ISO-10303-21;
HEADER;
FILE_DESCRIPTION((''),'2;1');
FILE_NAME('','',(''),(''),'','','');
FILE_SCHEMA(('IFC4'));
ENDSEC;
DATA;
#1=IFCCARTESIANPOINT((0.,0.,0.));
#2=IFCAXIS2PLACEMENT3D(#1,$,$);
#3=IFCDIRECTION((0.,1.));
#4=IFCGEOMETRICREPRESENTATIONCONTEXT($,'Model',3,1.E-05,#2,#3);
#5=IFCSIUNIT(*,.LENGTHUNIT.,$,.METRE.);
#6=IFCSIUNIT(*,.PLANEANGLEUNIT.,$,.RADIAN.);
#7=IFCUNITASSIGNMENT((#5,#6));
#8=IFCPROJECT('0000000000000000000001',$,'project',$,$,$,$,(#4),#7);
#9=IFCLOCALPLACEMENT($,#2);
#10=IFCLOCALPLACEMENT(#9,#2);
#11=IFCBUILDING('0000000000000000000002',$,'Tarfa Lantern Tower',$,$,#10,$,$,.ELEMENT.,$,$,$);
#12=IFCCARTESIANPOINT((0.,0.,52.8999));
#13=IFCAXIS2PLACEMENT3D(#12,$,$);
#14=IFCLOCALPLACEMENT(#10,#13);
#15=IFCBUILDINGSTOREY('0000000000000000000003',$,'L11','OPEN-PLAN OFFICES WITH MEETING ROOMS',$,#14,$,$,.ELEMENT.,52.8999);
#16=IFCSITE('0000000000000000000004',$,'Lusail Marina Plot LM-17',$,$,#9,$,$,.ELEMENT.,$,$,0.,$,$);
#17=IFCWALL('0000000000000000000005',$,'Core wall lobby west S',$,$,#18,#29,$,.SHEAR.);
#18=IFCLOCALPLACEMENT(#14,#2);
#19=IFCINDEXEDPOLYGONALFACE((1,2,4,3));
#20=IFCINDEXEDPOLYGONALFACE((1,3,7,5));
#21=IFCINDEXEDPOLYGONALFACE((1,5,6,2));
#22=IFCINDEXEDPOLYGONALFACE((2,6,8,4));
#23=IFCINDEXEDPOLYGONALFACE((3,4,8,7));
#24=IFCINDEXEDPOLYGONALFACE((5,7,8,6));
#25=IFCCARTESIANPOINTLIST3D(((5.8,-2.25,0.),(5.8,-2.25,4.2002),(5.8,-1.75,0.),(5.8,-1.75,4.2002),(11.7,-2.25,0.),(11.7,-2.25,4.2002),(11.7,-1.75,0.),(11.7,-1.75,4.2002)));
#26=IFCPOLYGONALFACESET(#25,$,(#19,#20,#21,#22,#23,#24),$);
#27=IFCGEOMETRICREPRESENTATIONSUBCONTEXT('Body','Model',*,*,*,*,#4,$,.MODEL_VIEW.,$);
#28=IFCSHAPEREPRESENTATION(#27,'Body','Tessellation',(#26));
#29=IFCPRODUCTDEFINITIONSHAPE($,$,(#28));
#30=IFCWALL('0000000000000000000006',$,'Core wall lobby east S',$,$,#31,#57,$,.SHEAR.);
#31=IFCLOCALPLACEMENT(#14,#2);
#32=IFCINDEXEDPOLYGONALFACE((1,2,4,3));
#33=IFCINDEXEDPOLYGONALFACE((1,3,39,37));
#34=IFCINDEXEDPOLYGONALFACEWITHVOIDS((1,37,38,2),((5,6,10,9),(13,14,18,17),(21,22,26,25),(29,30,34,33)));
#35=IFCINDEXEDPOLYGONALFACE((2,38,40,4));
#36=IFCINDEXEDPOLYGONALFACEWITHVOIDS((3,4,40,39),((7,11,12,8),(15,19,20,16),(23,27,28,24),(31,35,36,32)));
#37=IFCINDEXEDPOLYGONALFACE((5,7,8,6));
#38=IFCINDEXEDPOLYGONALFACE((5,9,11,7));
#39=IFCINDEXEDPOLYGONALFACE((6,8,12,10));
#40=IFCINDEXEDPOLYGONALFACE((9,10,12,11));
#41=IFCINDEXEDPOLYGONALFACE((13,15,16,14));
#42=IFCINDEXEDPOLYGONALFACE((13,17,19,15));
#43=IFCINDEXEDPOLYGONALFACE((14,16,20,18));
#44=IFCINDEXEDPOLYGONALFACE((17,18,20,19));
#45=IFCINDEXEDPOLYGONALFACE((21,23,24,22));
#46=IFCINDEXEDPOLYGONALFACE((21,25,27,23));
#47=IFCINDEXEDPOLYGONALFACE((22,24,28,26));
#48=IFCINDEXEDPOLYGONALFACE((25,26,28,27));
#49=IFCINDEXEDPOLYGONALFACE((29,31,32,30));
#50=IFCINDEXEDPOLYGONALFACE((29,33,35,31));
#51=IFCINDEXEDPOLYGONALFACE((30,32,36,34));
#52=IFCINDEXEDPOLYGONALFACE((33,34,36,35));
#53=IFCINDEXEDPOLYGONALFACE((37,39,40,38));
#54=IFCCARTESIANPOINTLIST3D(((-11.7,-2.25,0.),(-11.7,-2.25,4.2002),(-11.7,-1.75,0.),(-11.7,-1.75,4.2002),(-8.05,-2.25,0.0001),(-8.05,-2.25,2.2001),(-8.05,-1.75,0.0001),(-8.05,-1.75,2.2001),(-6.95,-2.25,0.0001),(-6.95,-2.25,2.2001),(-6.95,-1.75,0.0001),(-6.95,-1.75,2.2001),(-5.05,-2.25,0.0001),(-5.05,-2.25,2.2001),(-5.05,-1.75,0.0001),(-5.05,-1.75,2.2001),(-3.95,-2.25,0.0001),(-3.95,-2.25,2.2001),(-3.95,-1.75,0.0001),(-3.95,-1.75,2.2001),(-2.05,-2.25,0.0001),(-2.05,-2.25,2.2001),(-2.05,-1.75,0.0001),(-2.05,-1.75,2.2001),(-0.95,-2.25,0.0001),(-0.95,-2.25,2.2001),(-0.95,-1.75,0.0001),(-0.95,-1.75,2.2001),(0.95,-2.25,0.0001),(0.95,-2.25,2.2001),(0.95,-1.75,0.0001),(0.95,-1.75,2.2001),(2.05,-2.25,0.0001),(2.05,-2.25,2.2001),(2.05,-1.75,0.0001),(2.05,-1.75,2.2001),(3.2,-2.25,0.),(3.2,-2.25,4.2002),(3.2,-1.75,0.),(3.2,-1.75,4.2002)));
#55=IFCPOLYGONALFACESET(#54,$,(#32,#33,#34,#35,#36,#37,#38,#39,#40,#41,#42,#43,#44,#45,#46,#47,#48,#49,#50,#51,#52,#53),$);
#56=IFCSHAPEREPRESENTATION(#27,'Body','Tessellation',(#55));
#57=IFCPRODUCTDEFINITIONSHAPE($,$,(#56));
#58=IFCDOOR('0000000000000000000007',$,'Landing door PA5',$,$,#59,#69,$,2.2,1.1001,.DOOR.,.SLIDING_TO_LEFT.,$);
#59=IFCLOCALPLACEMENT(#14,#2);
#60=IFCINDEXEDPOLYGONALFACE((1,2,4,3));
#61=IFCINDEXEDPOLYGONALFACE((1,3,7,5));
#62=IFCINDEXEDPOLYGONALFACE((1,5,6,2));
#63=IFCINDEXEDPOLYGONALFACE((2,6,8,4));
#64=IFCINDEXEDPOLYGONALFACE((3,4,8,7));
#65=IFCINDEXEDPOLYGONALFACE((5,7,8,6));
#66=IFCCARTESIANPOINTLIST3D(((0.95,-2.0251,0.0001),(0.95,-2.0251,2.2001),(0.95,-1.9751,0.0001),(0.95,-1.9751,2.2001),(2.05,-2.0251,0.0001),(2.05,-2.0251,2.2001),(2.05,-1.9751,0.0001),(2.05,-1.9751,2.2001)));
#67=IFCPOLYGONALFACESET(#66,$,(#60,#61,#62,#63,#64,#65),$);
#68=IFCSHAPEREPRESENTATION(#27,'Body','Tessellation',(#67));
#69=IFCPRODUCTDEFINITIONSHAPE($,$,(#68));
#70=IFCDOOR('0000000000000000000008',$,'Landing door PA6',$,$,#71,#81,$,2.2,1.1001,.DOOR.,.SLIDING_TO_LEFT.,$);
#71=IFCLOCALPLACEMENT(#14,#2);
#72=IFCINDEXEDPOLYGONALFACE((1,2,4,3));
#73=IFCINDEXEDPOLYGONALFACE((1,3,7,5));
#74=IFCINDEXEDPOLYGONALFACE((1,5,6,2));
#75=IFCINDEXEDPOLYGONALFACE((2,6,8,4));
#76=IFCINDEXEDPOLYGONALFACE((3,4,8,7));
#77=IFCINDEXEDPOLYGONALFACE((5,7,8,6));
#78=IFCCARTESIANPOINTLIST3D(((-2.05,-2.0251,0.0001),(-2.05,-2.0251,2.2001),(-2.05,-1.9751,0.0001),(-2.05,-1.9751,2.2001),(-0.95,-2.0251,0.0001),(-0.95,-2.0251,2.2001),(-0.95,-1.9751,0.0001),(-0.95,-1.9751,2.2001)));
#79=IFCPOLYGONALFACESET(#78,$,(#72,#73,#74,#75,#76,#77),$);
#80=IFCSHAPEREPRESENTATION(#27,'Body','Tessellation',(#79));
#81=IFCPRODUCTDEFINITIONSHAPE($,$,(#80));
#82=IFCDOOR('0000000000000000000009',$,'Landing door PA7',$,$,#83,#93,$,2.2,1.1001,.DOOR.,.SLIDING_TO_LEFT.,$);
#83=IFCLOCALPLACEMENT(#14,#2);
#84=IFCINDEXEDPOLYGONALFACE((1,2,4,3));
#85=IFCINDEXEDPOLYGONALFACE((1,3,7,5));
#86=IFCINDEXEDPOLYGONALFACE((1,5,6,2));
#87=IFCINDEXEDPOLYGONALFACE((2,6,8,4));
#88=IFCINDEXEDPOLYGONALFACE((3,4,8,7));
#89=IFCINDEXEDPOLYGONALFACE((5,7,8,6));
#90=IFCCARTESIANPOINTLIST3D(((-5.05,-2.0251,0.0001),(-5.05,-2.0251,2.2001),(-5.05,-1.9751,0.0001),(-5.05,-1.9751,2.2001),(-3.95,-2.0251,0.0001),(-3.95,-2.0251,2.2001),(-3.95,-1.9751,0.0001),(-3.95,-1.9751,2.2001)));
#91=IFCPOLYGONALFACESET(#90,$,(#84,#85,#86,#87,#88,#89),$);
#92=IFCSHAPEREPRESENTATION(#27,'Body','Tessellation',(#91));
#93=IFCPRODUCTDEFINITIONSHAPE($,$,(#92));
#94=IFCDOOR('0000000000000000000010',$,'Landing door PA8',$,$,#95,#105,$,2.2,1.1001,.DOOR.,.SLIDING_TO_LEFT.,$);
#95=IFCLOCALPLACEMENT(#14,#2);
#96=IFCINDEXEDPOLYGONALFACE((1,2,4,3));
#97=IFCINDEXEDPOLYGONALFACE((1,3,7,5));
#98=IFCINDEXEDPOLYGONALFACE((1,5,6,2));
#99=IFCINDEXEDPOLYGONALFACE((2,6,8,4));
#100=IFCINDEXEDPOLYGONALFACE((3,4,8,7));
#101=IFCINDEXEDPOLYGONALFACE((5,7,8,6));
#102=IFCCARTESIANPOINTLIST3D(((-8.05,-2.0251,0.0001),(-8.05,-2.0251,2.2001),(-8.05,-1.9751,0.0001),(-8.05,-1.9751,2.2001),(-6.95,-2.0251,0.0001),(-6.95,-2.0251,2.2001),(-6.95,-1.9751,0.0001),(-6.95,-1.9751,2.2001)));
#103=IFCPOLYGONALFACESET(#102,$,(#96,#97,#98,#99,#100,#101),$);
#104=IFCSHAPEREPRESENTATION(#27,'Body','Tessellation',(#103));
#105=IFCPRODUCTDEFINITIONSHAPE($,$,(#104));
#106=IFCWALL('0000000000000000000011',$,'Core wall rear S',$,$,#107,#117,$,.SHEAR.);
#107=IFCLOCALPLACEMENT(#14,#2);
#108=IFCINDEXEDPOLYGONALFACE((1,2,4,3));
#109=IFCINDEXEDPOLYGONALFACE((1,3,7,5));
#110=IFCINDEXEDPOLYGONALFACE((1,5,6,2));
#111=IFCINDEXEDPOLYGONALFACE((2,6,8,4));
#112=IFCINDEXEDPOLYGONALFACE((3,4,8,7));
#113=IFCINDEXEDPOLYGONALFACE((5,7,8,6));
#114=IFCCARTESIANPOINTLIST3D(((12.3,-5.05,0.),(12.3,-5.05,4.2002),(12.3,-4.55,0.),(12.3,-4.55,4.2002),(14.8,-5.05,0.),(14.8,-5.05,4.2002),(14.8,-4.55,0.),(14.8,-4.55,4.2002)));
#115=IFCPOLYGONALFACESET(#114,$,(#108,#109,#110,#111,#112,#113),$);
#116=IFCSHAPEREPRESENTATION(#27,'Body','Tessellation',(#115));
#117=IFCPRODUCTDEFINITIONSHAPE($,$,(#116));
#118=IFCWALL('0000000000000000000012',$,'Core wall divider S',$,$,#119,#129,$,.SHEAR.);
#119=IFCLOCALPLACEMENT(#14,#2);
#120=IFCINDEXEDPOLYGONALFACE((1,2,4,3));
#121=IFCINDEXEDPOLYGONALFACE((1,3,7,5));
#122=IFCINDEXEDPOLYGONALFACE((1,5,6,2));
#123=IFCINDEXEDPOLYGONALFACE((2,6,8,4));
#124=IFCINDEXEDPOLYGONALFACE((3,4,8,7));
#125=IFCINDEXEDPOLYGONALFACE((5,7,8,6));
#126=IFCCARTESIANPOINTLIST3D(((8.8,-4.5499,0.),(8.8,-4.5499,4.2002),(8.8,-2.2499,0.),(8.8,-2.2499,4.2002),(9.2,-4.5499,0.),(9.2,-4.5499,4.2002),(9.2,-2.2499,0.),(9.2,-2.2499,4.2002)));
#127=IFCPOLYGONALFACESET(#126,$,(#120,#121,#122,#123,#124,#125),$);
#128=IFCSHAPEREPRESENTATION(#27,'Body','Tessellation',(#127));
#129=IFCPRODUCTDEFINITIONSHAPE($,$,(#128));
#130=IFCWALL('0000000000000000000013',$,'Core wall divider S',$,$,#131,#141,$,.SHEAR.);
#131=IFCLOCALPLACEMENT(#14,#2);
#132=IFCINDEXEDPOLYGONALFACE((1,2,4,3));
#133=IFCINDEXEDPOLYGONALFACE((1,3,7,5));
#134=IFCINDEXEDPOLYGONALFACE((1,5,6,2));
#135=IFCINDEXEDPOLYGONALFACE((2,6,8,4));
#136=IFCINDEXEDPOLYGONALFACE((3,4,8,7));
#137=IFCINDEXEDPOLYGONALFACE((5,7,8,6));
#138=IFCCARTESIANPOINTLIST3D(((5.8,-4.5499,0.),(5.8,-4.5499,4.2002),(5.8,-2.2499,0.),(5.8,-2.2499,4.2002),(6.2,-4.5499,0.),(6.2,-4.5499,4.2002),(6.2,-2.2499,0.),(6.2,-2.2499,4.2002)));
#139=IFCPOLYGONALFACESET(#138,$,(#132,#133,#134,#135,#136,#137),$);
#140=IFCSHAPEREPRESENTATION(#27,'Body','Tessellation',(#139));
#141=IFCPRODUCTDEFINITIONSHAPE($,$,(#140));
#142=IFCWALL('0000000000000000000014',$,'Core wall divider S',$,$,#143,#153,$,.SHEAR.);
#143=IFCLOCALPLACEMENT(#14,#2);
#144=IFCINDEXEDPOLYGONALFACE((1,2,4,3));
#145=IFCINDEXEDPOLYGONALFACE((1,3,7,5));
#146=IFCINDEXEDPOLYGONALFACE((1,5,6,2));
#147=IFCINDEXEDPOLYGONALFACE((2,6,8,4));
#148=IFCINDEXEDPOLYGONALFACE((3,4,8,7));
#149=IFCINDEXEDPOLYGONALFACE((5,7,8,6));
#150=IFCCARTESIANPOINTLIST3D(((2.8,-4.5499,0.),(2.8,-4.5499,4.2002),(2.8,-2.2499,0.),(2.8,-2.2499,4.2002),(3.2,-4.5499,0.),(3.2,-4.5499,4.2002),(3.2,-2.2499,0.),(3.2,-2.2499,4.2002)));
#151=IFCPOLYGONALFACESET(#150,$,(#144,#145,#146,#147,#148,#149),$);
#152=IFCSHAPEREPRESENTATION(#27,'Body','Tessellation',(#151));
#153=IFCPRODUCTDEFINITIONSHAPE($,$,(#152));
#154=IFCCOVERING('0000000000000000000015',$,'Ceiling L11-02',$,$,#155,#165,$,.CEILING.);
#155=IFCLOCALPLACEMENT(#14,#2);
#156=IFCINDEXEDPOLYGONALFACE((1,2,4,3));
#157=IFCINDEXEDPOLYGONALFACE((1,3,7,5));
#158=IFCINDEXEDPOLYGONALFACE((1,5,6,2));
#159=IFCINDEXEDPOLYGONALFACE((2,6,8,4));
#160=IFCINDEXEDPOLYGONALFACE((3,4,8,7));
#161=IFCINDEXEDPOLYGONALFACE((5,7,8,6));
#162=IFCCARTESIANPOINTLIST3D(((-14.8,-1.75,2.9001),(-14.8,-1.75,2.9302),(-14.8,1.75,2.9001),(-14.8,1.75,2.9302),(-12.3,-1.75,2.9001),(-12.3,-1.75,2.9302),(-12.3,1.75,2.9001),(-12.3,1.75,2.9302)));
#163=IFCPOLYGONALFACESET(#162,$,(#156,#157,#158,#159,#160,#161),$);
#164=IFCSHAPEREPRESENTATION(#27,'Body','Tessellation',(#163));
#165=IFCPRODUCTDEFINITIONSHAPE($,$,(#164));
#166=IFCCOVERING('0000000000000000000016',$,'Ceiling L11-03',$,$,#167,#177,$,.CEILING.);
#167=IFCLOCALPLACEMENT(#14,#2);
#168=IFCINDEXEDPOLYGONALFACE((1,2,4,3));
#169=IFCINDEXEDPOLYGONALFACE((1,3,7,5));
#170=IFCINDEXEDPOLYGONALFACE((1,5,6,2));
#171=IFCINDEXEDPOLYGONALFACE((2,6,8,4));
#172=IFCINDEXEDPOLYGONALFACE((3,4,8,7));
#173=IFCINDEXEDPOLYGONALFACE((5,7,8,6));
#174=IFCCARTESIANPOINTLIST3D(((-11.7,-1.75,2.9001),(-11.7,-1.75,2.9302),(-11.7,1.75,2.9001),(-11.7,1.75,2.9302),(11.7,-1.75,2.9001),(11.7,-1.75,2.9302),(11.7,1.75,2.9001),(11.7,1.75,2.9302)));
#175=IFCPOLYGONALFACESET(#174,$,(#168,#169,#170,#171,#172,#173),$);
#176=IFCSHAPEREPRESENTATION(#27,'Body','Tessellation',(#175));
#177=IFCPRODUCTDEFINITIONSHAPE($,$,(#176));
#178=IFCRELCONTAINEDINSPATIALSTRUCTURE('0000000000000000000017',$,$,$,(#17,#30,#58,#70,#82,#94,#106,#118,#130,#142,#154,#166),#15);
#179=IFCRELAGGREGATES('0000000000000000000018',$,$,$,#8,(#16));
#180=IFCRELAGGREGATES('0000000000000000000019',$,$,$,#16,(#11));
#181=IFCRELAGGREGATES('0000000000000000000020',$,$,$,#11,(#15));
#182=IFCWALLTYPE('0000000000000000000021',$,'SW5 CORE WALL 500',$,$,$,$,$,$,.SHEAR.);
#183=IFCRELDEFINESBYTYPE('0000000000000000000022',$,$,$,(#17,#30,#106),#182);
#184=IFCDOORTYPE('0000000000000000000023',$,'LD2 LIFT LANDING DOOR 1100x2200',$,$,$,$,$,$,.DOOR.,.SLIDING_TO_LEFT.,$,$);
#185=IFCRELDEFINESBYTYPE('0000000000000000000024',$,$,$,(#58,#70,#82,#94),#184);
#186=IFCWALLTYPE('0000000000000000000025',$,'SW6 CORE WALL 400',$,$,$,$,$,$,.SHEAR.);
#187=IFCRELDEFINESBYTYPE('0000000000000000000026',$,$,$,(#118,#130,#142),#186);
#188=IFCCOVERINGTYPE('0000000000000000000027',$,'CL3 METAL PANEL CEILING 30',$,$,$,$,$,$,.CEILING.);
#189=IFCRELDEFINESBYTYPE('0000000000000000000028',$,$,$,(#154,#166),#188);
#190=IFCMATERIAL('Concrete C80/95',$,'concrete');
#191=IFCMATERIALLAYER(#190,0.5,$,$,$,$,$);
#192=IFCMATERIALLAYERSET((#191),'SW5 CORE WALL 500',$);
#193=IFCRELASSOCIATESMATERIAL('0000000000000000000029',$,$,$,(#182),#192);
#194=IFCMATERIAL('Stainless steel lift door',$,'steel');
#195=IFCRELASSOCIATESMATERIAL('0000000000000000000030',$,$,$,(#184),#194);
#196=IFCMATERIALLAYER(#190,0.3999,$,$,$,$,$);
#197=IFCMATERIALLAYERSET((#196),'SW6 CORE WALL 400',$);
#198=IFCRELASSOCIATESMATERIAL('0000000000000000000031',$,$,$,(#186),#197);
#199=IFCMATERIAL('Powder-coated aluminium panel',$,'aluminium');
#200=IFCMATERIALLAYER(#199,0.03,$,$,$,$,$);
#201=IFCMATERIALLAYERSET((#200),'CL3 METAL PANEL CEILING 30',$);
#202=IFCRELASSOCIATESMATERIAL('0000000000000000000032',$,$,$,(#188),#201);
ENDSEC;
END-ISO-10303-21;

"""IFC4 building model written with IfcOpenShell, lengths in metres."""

from ifc_helpers import new_model, si_unit, direction, frame, frame_2d, origin, place, context, subcontext, project, spatial, polyline, rectangle, outline, extrude, material, layer, layer_set, type_object, element, fill, save


model = new_model("IFC4")

# Units and contexts
model_context = context("Model", 3, precision=1e-05, world=origin(), true_north=direction((0.0, 1.0)))
body_context = subcontext(model_context, "Body", "Model", "MODEL_VIEW")
ifc_project = project(units=[si_unit("LENGTHUNIT", "METRE"), si_unit("PLANEANGLEUNIT", "RADIAN")], contexts=[model_context])

# Site, building, storey
site_placement = place(None, origin())
site = spatial("IfcSite", under=ifc_project, at=site_placement, Name="Lusail Marina Plot LM-17", CompositionType="ELEMENT", RefElevation=0.0)
building_placement = place(site_placement, origin())
building = spatial("IfcBuilding", under=site, at=building_placement, Name="Tarfa Lantern Tower", CompositionType="ELEMENT")
storey_placement = place(building_placement, frame((0.0, 0.0, 52.8999)))
storey = spatial("IfcBuildingStorey", under=building, at=storey_placement, Name="L11", Description="OPEN-PLAN OFFICES WITH MEETING ROOMS", CompositionType="ELEMENT", Elevation=52.8999)

# Wall
ifc_material_1 = material(Name="Concrete C80/95", Category="concrete")
ifc_layer_1 = layer(ifc_material_1, 0.5)
ifc_layer_set_1 = layer_set([ifc_layer_1], Name="SW5 CORE WALL 500")
wall_type_1 = type_object("IfcWallType", Name="SW5 CORE WALL 500", PredefinedType="SHEAR", material=ifc_layer_set_1)
wall_1_placement = place(storey_placement, frame((11.7, -2.0, 0.0), z_axis=(0.0, 0.0, 1.0), x_axis=(-1.0, 0.0, 0.0)))
element("IfcWall", 1, at=wall_1_placement, inside=storey, type_object=wall_type_1, Name="Core wall lobby west S", PredefinedType="SHEAR", context=body_context, shape_type="SweptSolid", body=[
    extrude(rectangle(XDim=5.8999, YDim=0.5, at=frame_2d((2.95, 0.0))), origin(), (0.0, 0.0, 1.0), 4.2002),
])

# Wall, openings, doors
wall_2_placement = place(storey_placement, frame((3.2, -2.0, 0.0), z_axis=(0.0, 0.0, 1.0), x_axis=(-1.0, 0.0, 0.0)))
wall_2 = element("IfcWall", 2, at=wall_2_placement, inside=storey, type_object=wall_type_1, Name="Core wall lobby east S", PredefinedType="SHEAR", context=body_context, shape_type="SweptSolid", body=[
    extrude(rectangle(XDim=14.8999, YDim=0.5, at=frame_2d((7.45, 0.0))), origin(), (0.0, 0.0, 1.0), 4.2002),
])
opening_1_placement = place(wall_2_placement, frame((1.1499, 0.0, 0.0)))
opening_1 = element("IfcOpeningElement", 3, at=opening_1_placement, cuts=wall_2, PredefinedType="OPENING", context=body_context, shape_type="SweptSolid", body=[
    extrude(rectangle(XDim=1.1001, YDim=2.2, at=frame_2d((0.55, 1.1001))), frame((0.0, 0.26, 0.0), z_axis=(0.0, -1.0, 0.0), x_axis=(1.0, 0.0, 0.0)), (0.0, 0.0, 1.0), 0.52),
])
opening_2_placement = place(wall_2_placement, frame((4.1499, 0.0, 0.0)))
opening_2 = element("IfcOpeningElement", 4, at=opening_2_placement, cuts=wall_2, PredefinedType="OPENING", context=body_context, shape_type="SweptSolid", body=[
    extrude(rectangle(XDim=1.1001, YDim=2.2, at=frame_2d((0.55, 1.1001))), frame((0.0, 0.26, 0.0), z_axis=(0.0, -1.0, 0.0), x_axis=(1.0, 0.0, 0.0)), (0.0, 0.0, 1.0), 0.52),
])
opening_3_placement = place(wall_2_placement, frame((7.1499, 0.0, 0.0)))
opening_3 = element("IfcOpeningElement", 5, at=opening_3_placement, cuts=wall_2, PredefinedType="OPENING", context=body_context, shape_type="SweptSolid", body=[
    extrude(rectangle(XDim=1.1001, YDim=2.2, at=frame_2d((0.55, 1.1001))), frame((0.0, 0.26, 0.0), z_axis=(0.0, -1.0, 0.0), x_axis=(1.0, 0.0, 0.0)), (0.0, 0.0, 1.0), 0.52),
])
opening_4_placement = place(wall_2_placement, frame((10.1499, 0.0, 0.0)))
opening_4 = element("IfcOpeningElement", 6, at=opening_4_placement, cuts=wall_2, PredefinedType="OPENING", context=body_context, shape_type="SweptSolid", body=[
    extrude(rectangle(XDim=1.1001, YDim=2.2, at=frame_2d((0.55, 1.1001))), frame((0.0, 0.26, 0.0), z_axis=(0.0, -1.0, 0.0), x_axis=(1.0, 0.0, 0.0)), (0.0, 0.0, 1.0), 0.52),
])
ifc_material_2 = material(Name="Stainless steel lift door", Category="steel")
door_type = type_object("IfcDoorType", Name="LD2 LIFT LANDING DOOR 1100x2200", OperationType="SLIDING_TO_LEFT", PredefinedType="DOOR", material=ifc_material_2)
door_1_placement = place(opening_1_placement, frame((1.1001, 0.0, 0.0), z_axis=(0.0, 0.0, 1.0), x_axis=(-1.0, 0.0, 0.0)))
door_1 = element("IfcDoor", 7, at=door_1_placement, inside=storey, type_object=door_type, Name="Landing door PA5", OperationType="SLIDING_TO_LEFT", OverallHeight=2.2, OverallWidth=1.1001, PredefinedType="DOOR", context=body_context, shape_type="SweptSolid", body=[
    extrude(rectangle(XDim=1.1001, YDim=2.2, at=frame_2d((0.55, 1.1001))), frame((0.0, 0.0249, 0.0), z_axis=(0.0, -1.0, 0.0), x_axis=(1.0, 0.0, 0.0)), (0.0, 0.0, 1.0), 0.05),
])
fill(opening_1, door_1)
door_2_placement = place(opening_2_placement, frame((1.1001, 0.0, 0.0), z_axis=(0.0, 0.0, 1.0), x_axis=(-1.0, 0.0, 0.0)))
door_2 = element("IfcDoor", 8, at=door_2_placement, inside=storey, type_object=door_type, Name="Landing door PA6", OperationType="SLIDING_TO_LEFT", OverallHeight=2.2, OverallWidth=1.1001, PredefinedType="DOOR", context=body_context, shape_type="SweptSolid", body=[
    extrude(rectangle(XDim=1.1001, YDim=2.2, at=frame_2d((0.55, 1.1001))), frame((0.0, 0.0249, 0.0), z_axis=(0.0, -1.0, 0.0), x_axis=(1.0, 0.0, 0.0)), (0.0, 0.0, 1.0), 0.05),
])
fill(opening_2, door_2)
door_3_placement = place(opening_3_placement, frame((1.1001, 0.0, 0.0), z_axis=(0.0, 0.0, 1.0), x_axis=(-1.0, 0.0, 0.0)))
door_3 = element("IfcDoor", 9, at=door_3_placement, inside=storey, type_object=door_type, Name="Landing door PA7", OperationType="SLIDING_TO_LEFT", OverallHeight=2.2, OverallWidth=1.1001, PredefinedType="DOOR", context=body_context, shape_type="SweptSolid", body=[
    extrude(rectangle(XDim=1.1001, YDim=2.2, at=frame_2d((0.55, 1.1001))), frame((0.0, 0.0249, 0.0), z_axis=(0.0, -1.0, 0.0), x_axis=(1.0, 0.0, 0.0)), (0.0, 0.0, 1.0), 0.05),
])
fill(opening_3, door_3)
door_4_placement = place(opening_4_placement, frame((1.1001, 0.0, 0.0), z_axis=(0.0, 0.0, 1.0), x_axis=(-1.0, 0.0, 0.0)))
door_4 = element("IfcDoor", 10, at=door_4_placement, inside=storey, type_object=door_type, Name="Landing door PA8", OperationType="SLIDING_TO_LEFT", OverallHeight=2.2, OverallWidth=1.1001, PredefinedType="DOOR", context=body_context, shape_type="SweptSolid", body=[
    extrude(rectangle(XDim=1.1001, YDim=2.2, at=frame_2d((0.55, 1.1001))), frame((0.0, 0.0249, 0.0), z_axis=(0.0, -1.0, 0.0), x_axis=(1.0, 0.0, 0.0)), (0.0, 0.0, 1.0), 0.05),
])
fill(opening_4, door_4)

# Walls
wall_3_placement = place(storey_placement, frame((14.8, -4.8, 0.0), z_axis=(0.0, 0.0, 1.0), x_axis=(-1.0, 0.0, 0.0)))
element("IfcWall", 11, at=wall_3_placement, inside=storey, type_object=wall_type_1, Name="Core wall rear S", PredefinedType="SHEAR", context=body_context, shape_type="SweptSolid", body=[
    extrude(rectangle(XDim=2.5, YDim=0.5, at=frame_2d((1.25, 0.0))), origin(), (0.0, 0.0, 1.0), 4.2002),
])
ifc_layer_2 = layer(ifc_material_1, 0.3999)
ifc_layer_set_2 = layer_set([ifc_layer_2], Name="SW6 CORE WALL 400")
wall_type_2 = type_object("IfcWallType", Name="SW6 CORE WALL 400", PredefinedType="SHEAR", material=ifc_layer_set_2)
for number, where, z_axis, x_axis, name in (
    (12, (9.0, -2.25, 0.0), (0.0, 0.0, 1.0), (0.0, -1.0, 0.0), "Core wall divider S"),
    (13, (6.0, -2.25, 0.0), (0.0, 0.0, 1.0), (0.0, -1.0, 0.0), "Core wall divider S"),
    (14, (3.0, -2.25, 0.0), (0.0, 0.0, 1.0), (0.0, -1.0, 0.0), "Core wall divider S"),
):
    element("IfcWall", number, at=place(storey_placement, frame(where, z_axis=z_axis, x_axis=x_axis)), inside=storey, type_object=wall_type_2, Name=name, PredefinedType="SHEAR", context=body_context, shape_type="SweptSolid", body=[
        extrude(rectangle(XDim=2.3, YDim=0.3999, at=frame_2d((1.1499, 0.0))), origin(), (0.0, 0.0, 1.0), 4.2002),
    ])

# Coverings
ifc_material_3 = material(Name="Powder-coated aluminium panel", Category="aluminium")
ifc_layer_3 = layer(ifc_material_3, 0.03)
ifc_layer_set_3 = layer_set([ifc_layer_3], Name="CL3 METAL PANEL CEILING 30")
covering_type_1 = type_object("IfcCoveringType", Name="CL3 METAL PANEL CEILING 30", PredefinedType="CEILING", material=ifc_layer_set_3)
covering_1_placement = place(storey_placement, frame((0.0, 0.0, 2.9001)))
element("IfcCovering", 15, at=covering_1_placement, inside=storey, type_object=covering_type_1, Name="Ceiling L11-02", PredefinedType="CEILING", context=body_context, shape_type="SweptSolid", body=[
    extrude(outline(polyline([(-14.8, -1.75), (-12.3, -1.75), (-12.3, 1.75), (-14.8, 1.75), (-14.8, -1.75)])), origin(), (0.0, 0.0, 1.0), 0.03),
])
covering_2_placement = place(storey_placement, frame((0.0, 0.0, 2.9001)))
element("IfcCovering", 16, at=covering_2_placement, inside=storey, type_object=covering_type_1, Name="Ceiling L11-03", PredefinedType="CEILING", context=body_context, shape_type="SweptSolid", body=[
    extrude(outline(polyline([(-11.7, -1.75), (11.7, -1.75), (11.7, 1.75), (-11.7, 1.75), (-11.7, -1.75)])), origin(), (0.0, 0.0, 1.0), 0.03),
])

save(model, "model.ifc")
